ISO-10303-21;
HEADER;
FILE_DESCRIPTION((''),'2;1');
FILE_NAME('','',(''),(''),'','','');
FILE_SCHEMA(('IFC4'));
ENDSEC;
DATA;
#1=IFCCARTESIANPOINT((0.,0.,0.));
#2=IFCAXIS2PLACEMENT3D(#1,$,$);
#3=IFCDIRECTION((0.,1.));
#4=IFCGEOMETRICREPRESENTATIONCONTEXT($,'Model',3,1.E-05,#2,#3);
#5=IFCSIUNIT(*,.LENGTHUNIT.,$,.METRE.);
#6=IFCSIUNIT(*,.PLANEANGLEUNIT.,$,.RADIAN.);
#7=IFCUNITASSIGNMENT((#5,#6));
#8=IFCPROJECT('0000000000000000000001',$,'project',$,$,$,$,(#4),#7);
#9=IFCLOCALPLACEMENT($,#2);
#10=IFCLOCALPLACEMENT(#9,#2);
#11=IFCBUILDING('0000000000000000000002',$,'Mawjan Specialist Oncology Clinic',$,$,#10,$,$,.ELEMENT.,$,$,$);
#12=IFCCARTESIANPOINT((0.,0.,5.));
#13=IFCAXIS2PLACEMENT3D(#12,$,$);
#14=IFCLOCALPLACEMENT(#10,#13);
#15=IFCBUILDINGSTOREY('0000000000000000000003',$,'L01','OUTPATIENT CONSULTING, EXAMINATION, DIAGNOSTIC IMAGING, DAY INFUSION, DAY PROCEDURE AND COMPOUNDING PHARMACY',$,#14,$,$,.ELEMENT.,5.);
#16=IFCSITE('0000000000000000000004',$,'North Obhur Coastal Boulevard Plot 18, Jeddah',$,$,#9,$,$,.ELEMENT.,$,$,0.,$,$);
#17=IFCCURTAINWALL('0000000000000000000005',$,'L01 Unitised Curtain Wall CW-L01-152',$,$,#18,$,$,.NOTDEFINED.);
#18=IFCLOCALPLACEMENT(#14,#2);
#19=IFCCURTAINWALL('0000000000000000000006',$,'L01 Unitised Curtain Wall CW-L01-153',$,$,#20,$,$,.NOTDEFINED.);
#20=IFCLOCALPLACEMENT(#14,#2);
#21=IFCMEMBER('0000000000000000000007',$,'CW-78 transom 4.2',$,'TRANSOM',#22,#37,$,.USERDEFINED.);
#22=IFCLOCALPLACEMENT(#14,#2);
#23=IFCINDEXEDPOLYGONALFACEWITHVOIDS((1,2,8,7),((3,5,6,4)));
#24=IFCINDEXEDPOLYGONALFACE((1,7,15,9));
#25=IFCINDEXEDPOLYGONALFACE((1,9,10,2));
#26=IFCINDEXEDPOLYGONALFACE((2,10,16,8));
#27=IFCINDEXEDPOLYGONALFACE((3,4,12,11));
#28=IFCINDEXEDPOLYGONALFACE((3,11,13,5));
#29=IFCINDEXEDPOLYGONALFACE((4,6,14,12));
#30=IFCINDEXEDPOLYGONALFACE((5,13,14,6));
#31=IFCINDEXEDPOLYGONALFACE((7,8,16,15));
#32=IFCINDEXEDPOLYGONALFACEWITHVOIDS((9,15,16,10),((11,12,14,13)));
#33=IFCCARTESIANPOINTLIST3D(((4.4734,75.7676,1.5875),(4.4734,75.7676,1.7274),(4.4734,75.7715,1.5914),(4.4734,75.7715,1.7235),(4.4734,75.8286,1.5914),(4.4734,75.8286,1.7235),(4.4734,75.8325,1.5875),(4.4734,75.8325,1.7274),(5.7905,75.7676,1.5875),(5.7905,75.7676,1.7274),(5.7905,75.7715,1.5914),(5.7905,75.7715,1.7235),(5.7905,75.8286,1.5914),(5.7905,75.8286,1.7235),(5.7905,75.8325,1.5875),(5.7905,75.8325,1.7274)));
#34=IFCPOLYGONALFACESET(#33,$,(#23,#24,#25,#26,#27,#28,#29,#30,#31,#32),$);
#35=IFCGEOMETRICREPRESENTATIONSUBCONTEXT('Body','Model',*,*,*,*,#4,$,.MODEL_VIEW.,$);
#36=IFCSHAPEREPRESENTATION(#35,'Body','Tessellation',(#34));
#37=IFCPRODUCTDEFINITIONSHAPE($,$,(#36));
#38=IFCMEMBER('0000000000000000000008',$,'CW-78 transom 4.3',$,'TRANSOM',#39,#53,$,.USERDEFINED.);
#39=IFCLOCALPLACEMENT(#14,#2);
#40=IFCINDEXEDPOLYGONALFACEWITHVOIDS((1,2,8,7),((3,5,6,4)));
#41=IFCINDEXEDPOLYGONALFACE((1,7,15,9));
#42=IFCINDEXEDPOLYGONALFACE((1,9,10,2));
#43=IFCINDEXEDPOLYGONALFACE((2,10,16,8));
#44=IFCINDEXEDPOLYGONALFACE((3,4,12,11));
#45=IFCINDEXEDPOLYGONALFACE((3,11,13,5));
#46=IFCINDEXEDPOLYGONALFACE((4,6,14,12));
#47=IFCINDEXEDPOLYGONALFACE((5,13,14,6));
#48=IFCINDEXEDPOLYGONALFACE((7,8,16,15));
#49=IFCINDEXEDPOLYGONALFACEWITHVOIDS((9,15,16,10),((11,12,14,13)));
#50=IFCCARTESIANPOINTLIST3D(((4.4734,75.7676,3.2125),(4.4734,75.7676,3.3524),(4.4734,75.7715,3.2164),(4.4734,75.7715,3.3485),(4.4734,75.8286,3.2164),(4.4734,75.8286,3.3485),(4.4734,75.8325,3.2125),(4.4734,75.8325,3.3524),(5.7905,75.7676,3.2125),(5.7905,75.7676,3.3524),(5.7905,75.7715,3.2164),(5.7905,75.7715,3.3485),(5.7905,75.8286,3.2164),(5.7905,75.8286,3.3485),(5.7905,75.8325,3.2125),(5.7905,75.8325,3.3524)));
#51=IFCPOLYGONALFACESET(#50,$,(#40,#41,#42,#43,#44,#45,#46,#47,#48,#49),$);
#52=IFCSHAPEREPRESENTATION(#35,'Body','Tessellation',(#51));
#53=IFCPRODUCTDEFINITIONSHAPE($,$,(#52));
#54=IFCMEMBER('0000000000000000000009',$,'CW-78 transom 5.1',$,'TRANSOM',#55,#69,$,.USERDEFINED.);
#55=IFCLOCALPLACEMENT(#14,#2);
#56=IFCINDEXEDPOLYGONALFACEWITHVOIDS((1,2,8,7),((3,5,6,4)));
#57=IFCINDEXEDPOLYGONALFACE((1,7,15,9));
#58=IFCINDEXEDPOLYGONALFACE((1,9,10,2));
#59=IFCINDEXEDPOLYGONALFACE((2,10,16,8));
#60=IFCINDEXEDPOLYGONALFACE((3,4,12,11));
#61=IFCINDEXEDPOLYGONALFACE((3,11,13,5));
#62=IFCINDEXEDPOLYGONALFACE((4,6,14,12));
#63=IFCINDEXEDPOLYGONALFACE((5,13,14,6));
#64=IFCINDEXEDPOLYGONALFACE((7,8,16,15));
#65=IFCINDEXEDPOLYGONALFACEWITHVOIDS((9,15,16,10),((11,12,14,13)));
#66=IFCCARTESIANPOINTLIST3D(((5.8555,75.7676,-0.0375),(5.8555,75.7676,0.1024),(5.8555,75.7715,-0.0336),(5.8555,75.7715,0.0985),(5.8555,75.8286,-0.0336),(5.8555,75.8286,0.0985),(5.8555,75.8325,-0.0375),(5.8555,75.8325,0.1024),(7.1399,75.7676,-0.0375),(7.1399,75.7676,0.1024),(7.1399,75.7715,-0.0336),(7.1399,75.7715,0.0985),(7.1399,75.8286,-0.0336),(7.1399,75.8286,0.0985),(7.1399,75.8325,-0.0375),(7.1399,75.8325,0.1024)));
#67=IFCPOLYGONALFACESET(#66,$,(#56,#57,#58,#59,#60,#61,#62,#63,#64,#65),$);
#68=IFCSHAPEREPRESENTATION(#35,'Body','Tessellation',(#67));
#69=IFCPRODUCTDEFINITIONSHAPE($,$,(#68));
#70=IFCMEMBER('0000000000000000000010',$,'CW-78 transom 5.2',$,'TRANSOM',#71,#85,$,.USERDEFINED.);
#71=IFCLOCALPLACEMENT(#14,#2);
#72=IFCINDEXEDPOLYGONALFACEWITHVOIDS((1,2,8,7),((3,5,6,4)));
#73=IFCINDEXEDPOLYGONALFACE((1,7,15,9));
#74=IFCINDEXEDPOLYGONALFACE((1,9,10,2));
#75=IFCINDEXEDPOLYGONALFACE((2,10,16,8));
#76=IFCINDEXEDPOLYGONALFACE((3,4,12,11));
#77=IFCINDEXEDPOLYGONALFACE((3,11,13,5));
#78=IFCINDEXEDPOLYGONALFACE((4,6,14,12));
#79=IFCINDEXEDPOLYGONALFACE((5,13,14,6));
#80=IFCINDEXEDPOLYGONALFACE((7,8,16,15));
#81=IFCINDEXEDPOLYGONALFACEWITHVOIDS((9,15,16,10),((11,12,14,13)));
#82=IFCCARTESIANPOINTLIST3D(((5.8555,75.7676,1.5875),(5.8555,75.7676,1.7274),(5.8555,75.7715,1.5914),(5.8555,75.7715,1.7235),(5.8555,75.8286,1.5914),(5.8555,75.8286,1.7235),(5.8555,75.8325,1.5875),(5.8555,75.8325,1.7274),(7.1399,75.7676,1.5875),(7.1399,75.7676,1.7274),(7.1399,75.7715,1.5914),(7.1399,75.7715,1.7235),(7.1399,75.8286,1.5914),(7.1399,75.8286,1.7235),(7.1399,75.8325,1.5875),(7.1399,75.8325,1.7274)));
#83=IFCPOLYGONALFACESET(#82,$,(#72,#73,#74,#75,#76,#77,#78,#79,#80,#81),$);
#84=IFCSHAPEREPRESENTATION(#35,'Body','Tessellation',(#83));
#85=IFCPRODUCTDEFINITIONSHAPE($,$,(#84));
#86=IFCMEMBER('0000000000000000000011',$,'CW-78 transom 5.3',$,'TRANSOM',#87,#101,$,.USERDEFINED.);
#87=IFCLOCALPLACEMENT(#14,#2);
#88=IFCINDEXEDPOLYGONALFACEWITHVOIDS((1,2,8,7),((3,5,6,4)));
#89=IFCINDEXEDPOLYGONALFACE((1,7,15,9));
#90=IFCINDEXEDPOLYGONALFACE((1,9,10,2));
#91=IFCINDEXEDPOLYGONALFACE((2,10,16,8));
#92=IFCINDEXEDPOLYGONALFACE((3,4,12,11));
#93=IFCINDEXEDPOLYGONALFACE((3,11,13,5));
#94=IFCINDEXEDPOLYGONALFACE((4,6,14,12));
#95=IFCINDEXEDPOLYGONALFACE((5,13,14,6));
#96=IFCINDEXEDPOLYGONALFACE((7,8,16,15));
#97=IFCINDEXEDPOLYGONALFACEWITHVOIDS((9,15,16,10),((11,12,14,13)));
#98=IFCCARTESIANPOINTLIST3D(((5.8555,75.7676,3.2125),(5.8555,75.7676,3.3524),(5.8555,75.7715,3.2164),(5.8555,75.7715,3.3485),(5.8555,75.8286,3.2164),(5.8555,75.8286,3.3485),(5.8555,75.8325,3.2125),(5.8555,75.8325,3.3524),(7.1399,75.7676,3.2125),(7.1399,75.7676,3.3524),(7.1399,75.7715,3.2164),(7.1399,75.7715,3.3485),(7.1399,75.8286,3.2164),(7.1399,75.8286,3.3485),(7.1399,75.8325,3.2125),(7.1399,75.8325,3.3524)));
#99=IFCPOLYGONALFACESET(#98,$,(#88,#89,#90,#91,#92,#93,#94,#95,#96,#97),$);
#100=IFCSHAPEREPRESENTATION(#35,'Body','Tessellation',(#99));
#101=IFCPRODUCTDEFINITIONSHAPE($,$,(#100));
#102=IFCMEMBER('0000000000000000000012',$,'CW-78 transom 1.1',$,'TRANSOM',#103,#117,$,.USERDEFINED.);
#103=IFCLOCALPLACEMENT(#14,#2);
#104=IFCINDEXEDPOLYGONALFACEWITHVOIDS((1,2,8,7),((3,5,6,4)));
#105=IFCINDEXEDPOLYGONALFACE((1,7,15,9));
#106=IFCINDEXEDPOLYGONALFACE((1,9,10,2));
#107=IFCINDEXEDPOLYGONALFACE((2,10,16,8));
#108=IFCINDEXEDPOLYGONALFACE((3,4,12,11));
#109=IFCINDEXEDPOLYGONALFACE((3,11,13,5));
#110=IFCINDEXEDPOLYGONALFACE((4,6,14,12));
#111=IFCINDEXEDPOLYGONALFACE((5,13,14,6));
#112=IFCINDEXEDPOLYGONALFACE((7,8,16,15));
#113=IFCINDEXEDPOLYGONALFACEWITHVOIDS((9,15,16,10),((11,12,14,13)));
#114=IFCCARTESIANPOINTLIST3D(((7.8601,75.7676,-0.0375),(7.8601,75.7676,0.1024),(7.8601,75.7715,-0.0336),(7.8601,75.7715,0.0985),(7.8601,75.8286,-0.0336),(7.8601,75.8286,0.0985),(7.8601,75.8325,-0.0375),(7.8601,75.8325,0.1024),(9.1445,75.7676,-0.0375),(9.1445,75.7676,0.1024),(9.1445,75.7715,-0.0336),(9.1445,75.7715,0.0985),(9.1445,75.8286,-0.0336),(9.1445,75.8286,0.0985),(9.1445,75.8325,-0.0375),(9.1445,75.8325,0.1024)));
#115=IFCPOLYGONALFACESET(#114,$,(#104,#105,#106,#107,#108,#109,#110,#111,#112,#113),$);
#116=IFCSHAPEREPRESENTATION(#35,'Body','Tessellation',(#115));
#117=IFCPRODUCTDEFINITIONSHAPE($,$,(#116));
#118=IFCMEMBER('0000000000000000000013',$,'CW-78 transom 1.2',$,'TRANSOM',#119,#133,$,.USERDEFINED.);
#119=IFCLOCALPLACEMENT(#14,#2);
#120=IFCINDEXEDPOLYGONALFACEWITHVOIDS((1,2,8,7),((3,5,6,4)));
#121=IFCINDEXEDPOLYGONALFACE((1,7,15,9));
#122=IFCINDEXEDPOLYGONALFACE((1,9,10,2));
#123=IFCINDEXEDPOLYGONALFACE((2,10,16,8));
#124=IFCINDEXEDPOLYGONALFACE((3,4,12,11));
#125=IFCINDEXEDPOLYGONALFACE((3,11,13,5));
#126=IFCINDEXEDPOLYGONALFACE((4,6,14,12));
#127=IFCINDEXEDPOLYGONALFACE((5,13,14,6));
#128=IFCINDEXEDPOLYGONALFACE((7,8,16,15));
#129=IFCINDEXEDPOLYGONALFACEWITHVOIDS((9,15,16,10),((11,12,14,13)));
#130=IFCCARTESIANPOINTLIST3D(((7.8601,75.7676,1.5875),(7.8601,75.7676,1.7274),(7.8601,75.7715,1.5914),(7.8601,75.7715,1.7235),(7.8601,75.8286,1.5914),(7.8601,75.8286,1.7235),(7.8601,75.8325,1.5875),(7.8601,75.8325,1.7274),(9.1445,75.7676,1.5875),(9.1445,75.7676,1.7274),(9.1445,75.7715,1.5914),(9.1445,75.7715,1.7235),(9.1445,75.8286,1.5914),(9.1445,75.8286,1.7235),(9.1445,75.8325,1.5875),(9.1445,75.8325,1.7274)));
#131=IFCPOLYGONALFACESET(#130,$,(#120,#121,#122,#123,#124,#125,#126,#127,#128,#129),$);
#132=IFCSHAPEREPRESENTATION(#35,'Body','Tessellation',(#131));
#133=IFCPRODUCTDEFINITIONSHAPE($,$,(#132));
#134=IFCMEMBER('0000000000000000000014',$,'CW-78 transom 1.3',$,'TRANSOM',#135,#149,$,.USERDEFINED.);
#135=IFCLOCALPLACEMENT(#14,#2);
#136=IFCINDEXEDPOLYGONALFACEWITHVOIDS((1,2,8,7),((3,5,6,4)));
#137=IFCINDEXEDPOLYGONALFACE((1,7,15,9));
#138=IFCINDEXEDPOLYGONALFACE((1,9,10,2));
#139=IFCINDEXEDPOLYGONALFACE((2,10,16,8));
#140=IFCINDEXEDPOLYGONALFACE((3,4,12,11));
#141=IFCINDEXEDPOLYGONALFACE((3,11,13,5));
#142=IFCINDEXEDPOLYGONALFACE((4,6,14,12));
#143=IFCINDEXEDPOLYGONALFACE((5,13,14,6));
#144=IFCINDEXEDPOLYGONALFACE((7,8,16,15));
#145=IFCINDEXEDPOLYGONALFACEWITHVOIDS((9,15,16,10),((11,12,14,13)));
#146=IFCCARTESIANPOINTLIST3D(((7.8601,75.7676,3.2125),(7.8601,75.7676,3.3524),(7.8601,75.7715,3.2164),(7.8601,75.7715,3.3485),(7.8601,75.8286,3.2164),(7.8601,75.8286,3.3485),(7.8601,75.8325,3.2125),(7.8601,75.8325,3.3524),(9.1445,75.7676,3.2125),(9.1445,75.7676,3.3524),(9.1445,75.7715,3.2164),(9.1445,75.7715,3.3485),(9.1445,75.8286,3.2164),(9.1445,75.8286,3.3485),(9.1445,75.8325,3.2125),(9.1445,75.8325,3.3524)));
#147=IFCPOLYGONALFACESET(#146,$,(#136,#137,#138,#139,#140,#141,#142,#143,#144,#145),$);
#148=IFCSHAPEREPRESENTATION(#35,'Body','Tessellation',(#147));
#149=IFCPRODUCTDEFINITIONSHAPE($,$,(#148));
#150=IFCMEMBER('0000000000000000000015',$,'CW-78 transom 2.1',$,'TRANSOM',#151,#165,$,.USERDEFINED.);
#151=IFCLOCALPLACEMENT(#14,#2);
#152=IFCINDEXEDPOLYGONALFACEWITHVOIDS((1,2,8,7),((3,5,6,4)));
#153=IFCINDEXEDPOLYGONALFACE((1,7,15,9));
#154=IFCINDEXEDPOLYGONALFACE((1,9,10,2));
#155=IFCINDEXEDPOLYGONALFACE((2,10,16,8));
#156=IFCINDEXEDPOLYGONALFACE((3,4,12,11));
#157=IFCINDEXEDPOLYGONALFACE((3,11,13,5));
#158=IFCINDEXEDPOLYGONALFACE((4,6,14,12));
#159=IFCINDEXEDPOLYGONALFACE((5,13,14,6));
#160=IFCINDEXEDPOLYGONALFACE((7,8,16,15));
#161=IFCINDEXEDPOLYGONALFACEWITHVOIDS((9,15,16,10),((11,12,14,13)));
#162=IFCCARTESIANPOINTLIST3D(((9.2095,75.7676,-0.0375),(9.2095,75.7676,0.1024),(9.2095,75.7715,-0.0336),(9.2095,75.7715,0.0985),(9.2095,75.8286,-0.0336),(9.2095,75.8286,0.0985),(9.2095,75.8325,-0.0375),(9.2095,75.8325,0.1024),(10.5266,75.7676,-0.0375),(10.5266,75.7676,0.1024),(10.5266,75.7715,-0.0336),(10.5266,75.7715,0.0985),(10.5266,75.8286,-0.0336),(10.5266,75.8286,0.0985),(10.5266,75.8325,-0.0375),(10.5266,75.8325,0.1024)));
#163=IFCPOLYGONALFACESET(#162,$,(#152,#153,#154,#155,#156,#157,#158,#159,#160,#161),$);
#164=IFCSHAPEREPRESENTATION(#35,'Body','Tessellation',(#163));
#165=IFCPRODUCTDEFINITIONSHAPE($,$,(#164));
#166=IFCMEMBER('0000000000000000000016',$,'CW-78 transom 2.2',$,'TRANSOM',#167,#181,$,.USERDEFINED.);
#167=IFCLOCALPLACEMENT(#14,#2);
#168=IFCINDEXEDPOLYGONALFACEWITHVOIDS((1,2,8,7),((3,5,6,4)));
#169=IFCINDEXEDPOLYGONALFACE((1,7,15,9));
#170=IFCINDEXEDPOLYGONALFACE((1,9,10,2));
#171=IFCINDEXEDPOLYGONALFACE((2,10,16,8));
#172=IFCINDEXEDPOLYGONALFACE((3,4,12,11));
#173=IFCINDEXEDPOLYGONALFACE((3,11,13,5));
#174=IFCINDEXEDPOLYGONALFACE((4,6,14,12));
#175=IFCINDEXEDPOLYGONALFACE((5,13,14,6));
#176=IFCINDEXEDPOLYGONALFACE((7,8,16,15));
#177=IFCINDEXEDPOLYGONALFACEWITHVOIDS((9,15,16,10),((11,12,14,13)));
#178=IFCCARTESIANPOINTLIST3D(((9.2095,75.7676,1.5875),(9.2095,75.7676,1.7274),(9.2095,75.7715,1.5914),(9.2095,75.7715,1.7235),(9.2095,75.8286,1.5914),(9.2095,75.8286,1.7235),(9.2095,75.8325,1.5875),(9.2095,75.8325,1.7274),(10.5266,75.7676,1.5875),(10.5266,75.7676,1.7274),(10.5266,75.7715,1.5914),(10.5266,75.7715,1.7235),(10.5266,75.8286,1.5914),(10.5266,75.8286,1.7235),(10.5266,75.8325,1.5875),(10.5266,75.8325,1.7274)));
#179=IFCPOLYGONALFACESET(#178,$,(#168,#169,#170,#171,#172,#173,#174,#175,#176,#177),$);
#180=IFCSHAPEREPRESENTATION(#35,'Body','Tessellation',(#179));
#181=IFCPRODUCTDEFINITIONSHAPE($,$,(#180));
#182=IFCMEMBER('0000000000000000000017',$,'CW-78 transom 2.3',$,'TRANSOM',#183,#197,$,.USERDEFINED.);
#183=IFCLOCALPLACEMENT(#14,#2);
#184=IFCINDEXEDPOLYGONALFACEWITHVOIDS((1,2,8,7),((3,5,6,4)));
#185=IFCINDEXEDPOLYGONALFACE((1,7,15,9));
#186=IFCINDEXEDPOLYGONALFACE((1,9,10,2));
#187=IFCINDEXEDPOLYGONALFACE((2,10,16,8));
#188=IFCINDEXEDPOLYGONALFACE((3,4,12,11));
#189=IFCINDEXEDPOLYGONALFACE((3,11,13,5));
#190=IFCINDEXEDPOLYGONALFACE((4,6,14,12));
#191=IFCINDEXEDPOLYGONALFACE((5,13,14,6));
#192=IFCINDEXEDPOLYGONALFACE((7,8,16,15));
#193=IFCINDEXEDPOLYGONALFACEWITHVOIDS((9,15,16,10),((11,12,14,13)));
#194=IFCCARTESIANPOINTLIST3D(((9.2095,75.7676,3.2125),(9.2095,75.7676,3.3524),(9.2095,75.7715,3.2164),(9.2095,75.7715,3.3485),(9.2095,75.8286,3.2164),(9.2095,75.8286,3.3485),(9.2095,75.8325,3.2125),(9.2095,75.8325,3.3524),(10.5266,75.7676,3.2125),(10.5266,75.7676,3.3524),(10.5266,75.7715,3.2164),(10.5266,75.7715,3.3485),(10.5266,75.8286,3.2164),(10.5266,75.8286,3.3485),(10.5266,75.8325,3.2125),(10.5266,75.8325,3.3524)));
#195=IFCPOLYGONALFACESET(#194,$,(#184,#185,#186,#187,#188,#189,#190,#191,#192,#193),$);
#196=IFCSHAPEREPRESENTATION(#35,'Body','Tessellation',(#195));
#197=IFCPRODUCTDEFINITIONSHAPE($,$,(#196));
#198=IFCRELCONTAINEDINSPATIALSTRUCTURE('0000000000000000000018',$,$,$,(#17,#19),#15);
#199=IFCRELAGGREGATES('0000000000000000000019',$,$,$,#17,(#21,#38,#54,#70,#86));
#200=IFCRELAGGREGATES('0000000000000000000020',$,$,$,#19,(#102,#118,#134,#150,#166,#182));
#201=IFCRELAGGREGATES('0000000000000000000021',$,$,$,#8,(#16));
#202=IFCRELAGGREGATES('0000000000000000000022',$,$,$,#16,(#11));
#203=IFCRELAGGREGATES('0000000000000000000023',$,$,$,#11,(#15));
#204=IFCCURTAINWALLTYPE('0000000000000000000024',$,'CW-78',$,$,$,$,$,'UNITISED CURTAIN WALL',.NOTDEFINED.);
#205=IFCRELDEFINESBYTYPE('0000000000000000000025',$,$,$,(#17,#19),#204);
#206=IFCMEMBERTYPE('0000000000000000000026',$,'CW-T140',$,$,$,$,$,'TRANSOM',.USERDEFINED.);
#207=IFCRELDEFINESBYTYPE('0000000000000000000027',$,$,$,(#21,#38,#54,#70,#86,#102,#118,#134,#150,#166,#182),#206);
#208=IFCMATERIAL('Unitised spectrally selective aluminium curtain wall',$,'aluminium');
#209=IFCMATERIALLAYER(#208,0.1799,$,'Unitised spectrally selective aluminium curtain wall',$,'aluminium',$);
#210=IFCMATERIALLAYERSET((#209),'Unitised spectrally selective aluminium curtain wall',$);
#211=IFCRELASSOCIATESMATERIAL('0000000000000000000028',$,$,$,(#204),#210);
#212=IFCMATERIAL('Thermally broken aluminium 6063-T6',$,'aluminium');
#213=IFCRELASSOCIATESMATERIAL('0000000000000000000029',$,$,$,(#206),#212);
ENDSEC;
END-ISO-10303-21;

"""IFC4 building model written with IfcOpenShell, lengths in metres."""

from ifc_helpers import new_model, si_unit, direction, frame, origin, origin_2d, place, context, subcontext, project, spatial, hollow_rectangle, extrude, material, layer, layer_set, material_profile, profile_set, type_object, element, aggregate, save


model = new_model("IFC4")

# Units and contexts
model_context = context("Model", 3, precision=1e-05, world=origin(), true_north=direction((0.0, 1.0)))
body_context = subcontext(model_context, "Body", "Model", "MODEL_VIEW")
ifc_project = project(units=[si_unit("LENGTHUNIT", "METRE"), si_unit("PLANEANGLEUNIT", "RADIAN")], contexts=[model_context])

# Site, building, storey
site_placement = place(None, origin())
site = spatial("IfcSite", under=ifc_project, at=site_placement, Name="North Obhur Coastal Boulevard Plot 18, Jeddah", CompositionType="ELEMENT", RefElevation=0.0)
building_placement = place(site_placement, origin())
building = spatial("IfcBuilding", under=site, at=building_placement, Name="Mawjan Specialist Oncology Clinic", CompositionType="ELEMENT")
storey_placement = place(building_placement, frame((0.0, 0.0, 5.0)))
storey = spatial("IfcBuildingStorey", under=building, at=storey_placement, Name="L01", Description="OUTPATIENT CONSULTING, EXAMINATION, DIAGNOSTIC IMAGING, DAY INFUSION, DAY PROCEDURE AND COMPOUNDING PHARMACY", CompositionType="ELEMENT", Elevation=5.0)

# Curtain walls
ifc_material_1 = material(Name="Unitised spectrally selective aluminium curtain wall", Category="aluminium")
ifc_layer_1 = layer(ifc_material_1, 0.1799, Name="Unitised spectrally selective aluminium curtain wall", Category="aluminium")
ifc_layer_set_1 = layer_set([ifc_layer_1], Name="Unitised spectrally selective aluminium curtain wall")
curtain_wall_type = type_object("IfcCurtainWallType", Name="CW-78", ElementType="UNITISED CURTAIN WALL", PredefinedType="NOTDEFINED", material=ifc_layer_set_1)
curtain_wall_1_placement = place(storey_placement, origin())
curtain_wall_1 = element("IfcCurtainWall", 1, at=curtain_wall_1_placement, inside=storey, type_object=curtain_wall_type, Name="L01 Unitised Curtain Wall CW-L01-152", PredefinedType="NOTDEFINED")
curtain_wall_2_placement = place(storey_placement, origin())
curtain_wall_2 = element("IfcCurtainWall", 2, at=curtain_wall_2_placement, inside=storey, type_object=curtain_wall_type, Name="L01 Unitised Curtain Wall CW-L01-153", PredefinedType="NOTDEFINED")

# Members
ifc_material_2 = material(Name="Thermally broken aluminium 6063-T6", Category="aluminium")
ifc_material_profile_1 = material_profile(ifc_material_2, hollow_rectangle(XDim=0.0649, YDim=0.1399, WallThickness=0.0039, at=origin_2d()), Name="ALU TRANSOM 140x65x4", Category="aluminium")
ifc_profile_set_1 = profile_set([ifc_material_profile_1], Name="Thermally broken aluminium 6063-T6")
member_type_1 = type_object("IfcMemberType", Name="CW-T140", ElementType="TRANSOM", PredefinedType="USERDEFINED", material=ifc_profile_set_1)
member_1_placement = place(storey_placement, frame((4.4734, 75.8, 1.6575), z_axis=(1.0, 0.0, 0.0), x_axis=(0.0, 1.0, 0.0)))
member_1 = element("IfcMember", 3, at=member_1_placement, type_object=member_type_1, Name="CW-78 transom 4.2", ObjectType="TRANSOM", PredefinedType="USERDEFINED", context=body_context, shape_type="SweptSolid", body=[
    extrude(hollow_rectangle(XDim=0.0649, YDim=0.1399, WallThickness=0.0039, at=origin_2d()), origin(), (0.0, 0.0, 1.0), 1.3171),
])
member_2_placement = place(storey_placement, frame((4.4734, 75.8, 3.2825), z_axis=(1.0, 0.0, 0.0), x_axis=(0.0, 1.0, 0.0)))
member_2 = element("IfcMember", 4, at=member_2_placement, type_object=member_type_1, Name="CW-78 transom 4.3", ObjectType="TRANSOM", PredefinedType="USERDEFINED", context=body_context, shape_type="SweptSolid", body=[
    extrude(hollow_rectangle(XDim=0.0649, YDim=0.1399, WallThickness=0.0039, at=origin_2d()), origin(), (0.0, 0.0, 1.0), 1.3171),
])
member_3_placement = place(storey_placement, frame((5.8555, 75.8, 0.0325), z_axis=(1.0, 0.0, 0.0), x_axis=(0.0, 1.0, 0.0)))
member_3 = element("IfcMember", 5, at=member_3_placement, type_object=member_type_1, Name="CW-78 transom 5.1", ObjectType="TRANSOM", PredefinedType="USERDEFINED", context=body_context, shape_type="SweptSolid", body=[
    extrude(hollow_rectangle(XDim=0.0649, YDim=0.1399, WallThickness=0.0039, at=origin_2d()), origin(), (0.0, 0.0, 1.0), 1.2844),
])
member_4_placement = place(storey_placement, frame((5.8555, 75.8, 1.6575), z_axis=(1.0, 0.0, 0.0), x_axis=(0.0, 1.0, 0.0)))
member_4 = element("IfcMember", 6, at=member_4_placement, type_object=member_type_1, Name="CW-78 transom 5.2", ObjectType="TRANSOM", PredefinedType="USERDEFINED", context=body_context, shape_type="SweptSolid", body=[
    extrude(hollow_rectangle(XDim=0.0649, YDim=0.1399, WallThickness=0.0039, at=origin_2d()), origin(), (0.0, 0.0, 1.0), 1.2844),
])
member_5_placement = place(storey_placement, frame((5.8555, 75.8, 3.2825), z_axis=(1.0, 0.0, 0.0), x_axis=(0.0, 1.0, 0.0)))
member_5 = element("IfcMember", 7, at=member_5_placement, type_object=member_type_1, Name="CW-78 transom 5.3", ObjectType="TRANSOM", PredefinedType="USERDEFINED", context=body_context, shape_type="SweptSolid", body=[
    extrude(hollow_rectangle(XDim=0.0649, YDim=0.1399, WallThickness=0.0039, at=origin_2d()), origin(), (0.0, 0.0, 1.0), 1.2844),
])
member_6_placement = place(storey_placement, frame((7.8601, 75.8, 0.0325), z_axis=(1.0, 0.0, 0.0), x_axis=(0.0, 1.0, 0.0)))
member_6 = element("IfcMember", 8, at=member_6_placement, type_object=member_type_1, Name="CW-78 transom 1.1", ObjectType="TRANSOM", PredefinedType="USERDEFINED", context=body_context, shape_type="SweptSolid", body=[
    extrude(hollow_rectangle(XDim=0.0649, YDim=0.1399, WallThickness=0.0039, at=origin_2d()), origin(), (0.0, 0.0, 1.0), 1.2844),
])
member_7_placement = place(storey_placement, frame((7.8601, 75.8, 1.6575), z_axis=(1.0, 0.0, 0.0), x_axis=(0.0, 1.0, 0.0)))
member_7 = element("IfcMember", 9, at=member_7_placement, type_object=member_type_1, Name="CW-78 transom 1.2", ObjectType="TRANSOM", PredefinedType="USERDEFINED", context=body_context, shape_type="SweptSolid", body=[
    extrude(hollow_rectangle(XDim=0.0649, YDim=0.1399, WallThickness=0.0039, at=origin_2d()), origin(), (0.0, 0.0, 1.0), 1.2844),
])
member_8_placement = place(storey_placement, frame((7.8601, 75.8, 3.2825), z_axis=(1.0, 0.0, 0.0), x_axis=(0.0, 1.0, 0.0)))
member_8 = element("IfcMember", 10, at=member_8_placement, type_object=member_type_1, Name="CW-78 transom 1.3", ObjectType="TRANSOM", PredefinedType="USERDEFINED", context=body_context, shape_type="SweptSolid", body=[
    extrude(hollow_rectangle(XDim=0.0649, YDim=0.1399, WallThickness=0.0039, at=origin_2d()), origin(), (0.0, 0.0, 1.0), 1.2844),
])
member_9_placement = place(storey_placement, frame((9.2095, 75.8, 0.0325), z_axis=(1.0, 0.0, 0.0), x_axis=(0.0, 1.0, 0.0)))
member_9 = element("IfcMember", 11, at=member_9_placement, type_object=member_type_1, Name="CW-78 transom 2.1", ObjectType="TRANSOM", PredefinedType="USERDEFINED", context=body_context, shape_type="SweptSolid", body=[
    extrude(hollow_rectangle(XDim=0.0649, YDim=0.1399, WallThickness=0.0039, at=origin_2d()), origin(), (0.0, 0.0, 1.0), 1.3171),
])
member_10_placement = place(storey_placement, frame((9.2095, 75.8, 1.6575), z_axis=(1.0, 0.0, 0.0), x_axis=(0.0, 1.0, 0.0)))
member_10 = element("IfcMember", 12, at=member_10_placement, type_object=member_type_1, Name="CW-78 transom 2.2", ObjectType="TRANSOM", PredefinedType="USERDEFINED", context=body_context, shape_type="SweptSolid", body=[
    extrude(hollow_rectangle(XDim=0.0649, YDim=0.1399, WallThickness=0.0039, at=origin_2d()), origin(), (0.0, 0.0, 1.0), 1.3171),
])
member_11_placement = place(storey_placement, frame((9.2095, 75.8, 3.2825), z_axis=(1.0, 0.0, 0.0), x_axis=(0.0, 1.0, 0.0)))
member_11 = element("IfcMember", 13, at=member_11_placement, type_object=member_type_1, Name="CW-78 transom 2.3", ObjectType="TRANSOM", PredefinedType="USERDEFINED", context=body_context, shape_type="SweptSolid", body=[
    extrude(hollow_rectangle(XDim=0.0649, YDim=0.1399, WallThickness=0.0039, at=origin_2d()), origin(), (0.0, 0.0, 1.0), 1.3171),
])

aggregate(curtain_wall_1, [member_1, member_2, member_3, member_4, member_5])
aggregate(curtain_wall_2, [member_6, member_7, member_8, member_9, member_10, member_11])

save(model, "model.ifc")
